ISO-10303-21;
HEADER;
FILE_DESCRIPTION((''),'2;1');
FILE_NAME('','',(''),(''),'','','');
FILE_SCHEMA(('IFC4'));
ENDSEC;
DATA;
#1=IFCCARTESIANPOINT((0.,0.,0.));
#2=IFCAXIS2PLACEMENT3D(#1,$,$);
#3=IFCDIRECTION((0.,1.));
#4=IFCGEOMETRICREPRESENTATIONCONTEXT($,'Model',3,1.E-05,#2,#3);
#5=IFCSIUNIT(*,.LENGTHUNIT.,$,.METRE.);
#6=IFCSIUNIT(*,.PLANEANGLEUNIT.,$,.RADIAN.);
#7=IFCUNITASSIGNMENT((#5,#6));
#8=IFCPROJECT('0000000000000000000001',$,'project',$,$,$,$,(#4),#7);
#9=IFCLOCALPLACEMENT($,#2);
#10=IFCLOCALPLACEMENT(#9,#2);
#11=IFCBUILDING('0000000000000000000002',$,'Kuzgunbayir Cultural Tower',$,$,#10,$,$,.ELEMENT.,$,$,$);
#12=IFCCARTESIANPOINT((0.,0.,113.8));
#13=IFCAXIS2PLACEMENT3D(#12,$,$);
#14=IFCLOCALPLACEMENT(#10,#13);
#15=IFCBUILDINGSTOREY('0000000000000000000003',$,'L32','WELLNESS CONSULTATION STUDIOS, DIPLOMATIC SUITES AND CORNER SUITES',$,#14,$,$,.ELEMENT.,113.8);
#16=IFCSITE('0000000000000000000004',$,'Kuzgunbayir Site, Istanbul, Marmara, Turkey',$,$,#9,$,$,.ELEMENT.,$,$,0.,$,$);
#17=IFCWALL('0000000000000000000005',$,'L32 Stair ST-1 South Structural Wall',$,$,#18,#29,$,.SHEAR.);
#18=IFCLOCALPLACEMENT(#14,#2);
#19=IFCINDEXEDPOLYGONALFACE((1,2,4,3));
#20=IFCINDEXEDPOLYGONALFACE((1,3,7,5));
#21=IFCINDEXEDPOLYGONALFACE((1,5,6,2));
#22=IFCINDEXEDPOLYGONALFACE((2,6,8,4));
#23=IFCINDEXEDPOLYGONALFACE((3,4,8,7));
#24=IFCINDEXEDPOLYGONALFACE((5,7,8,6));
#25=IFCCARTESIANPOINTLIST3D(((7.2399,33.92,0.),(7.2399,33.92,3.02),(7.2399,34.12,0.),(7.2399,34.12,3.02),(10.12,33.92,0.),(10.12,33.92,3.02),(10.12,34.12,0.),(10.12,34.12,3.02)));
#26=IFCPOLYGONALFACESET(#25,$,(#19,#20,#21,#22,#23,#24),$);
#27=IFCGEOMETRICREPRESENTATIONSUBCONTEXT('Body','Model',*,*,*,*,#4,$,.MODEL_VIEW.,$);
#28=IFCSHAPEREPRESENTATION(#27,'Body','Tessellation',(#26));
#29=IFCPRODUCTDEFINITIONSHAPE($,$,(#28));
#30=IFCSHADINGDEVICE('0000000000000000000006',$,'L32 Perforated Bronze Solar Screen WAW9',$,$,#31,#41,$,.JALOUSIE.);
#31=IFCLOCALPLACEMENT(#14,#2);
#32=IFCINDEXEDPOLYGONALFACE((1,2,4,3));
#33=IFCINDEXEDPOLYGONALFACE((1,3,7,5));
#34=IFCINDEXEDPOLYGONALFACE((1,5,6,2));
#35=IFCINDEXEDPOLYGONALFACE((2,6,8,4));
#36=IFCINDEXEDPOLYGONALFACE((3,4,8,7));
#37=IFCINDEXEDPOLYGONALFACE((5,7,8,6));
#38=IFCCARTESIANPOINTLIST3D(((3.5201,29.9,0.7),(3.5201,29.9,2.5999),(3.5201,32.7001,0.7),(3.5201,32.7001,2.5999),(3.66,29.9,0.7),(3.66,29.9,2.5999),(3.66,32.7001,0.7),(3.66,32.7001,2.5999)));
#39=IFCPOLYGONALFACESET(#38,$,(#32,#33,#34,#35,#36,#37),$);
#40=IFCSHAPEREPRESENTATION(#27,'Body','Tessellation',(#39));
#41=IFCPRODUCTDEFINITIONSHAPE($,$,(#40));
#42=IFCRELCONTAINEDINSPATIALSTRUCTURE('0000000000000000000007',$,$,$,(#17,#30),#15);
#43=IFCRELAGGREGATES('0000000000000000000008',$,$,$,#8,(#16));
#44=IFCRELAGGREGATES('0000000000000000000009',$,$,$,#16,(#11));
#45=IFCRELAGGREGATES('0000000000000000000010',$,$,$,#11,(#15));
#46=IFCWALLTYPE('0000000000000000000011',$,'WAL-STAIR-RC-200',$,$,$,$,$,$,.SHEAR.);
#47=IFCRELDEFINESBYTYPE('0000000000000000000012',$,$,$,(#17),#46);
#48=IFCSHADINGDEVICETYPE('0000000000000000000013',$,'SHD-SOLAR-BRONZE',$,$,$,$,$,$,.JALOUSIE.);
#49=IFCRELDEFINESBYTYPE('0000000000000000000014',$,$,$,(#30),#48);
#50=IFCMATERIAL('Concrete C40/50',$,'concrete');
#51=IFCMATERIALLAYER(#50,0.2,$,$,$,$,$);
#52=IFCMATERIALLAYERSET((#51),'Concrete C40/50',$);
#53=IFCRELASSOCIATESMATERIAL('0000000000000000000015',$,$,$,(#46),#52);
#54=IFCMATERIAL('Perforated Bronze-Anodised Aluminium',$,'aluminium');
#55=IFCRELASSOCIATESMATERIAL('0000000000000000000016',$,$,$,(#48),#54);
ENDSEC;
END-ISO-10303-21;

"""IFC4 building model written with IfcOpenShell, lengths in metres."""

from ifc_helpers import new_model, si_unit, direction, frame, frame_2d, origin, origin_2d, place, context, subcontext, project, spatial, rectangle, extrude, material, layer, layer_set, type_object, element, save


model = new_model("IFC4")

# Units and contexts
model_context = context("Model", 3, precision=1e-05, world=origin(), true_north=direction((0.0, 1.0)))
body_context = subcontext(model_context, "Body", "Model", "MODEL_VIEW")
ifc_project = project(units=[si_unit("LENGTHUNIT", "METRE"), si_unit("PLANEANGLEUNIT", "RADIAN")], contexts=[model_context])

# Site, building, storey
site_placement = place(None, origin())
site = spatial("IfcSite", under=ifc_project, at=site_placement, Name="Kuzgunbayir Site, Istanbul, Marmara, Turkey", CompositionType="ELEMENT", RefElevation=0.0)
building_placement = place(site_placement, origin())
building = spatial("IfcBuilding", under=site, at=building_placement, Name="Kuzgunbayir Cultural Tower", CompositionType="ELEMENT")
storey_placement = place(building_placement, frame((0.0, 0.0, 113.8)))
storey = spatial("IfcBuildingStorey", under=building, at=storey_placement, Name="L32", Description="WELLNESS CONSULTATION STUDIOS, DIPLOMATIC SUITES AND CORNER SUITES", CompositionType="ELEMENT", Elevation=113.8)

# Shared definitions
ifc_material_1 = material(Name="Concrete C40/50", Category="concrete")
ifc_layer_1 = layer(ifc_material_1, 0.2)
ifc_layer_set_1 = layer_set([ifc_layer_1], Name="Concrete C40/50")
wall_type_1 = type_object("IfcWallType", Name="WAL-STAIR-RC-200", PredefinedType="SHEAR", material=ifc_layer_set_1)

# Wall
wall_1_placement = place(storey_placement, frame((7.24, 34.02, 0.0), z_axis=(0.0, 0.0, 1.0), x_axis=(1.0, 0.0, 0.0)))
element("IfcWall", 1, at=wall_1_placement, inside=storey, type_object=wall_type_1, Name="L32 Stair ST-1 South Structural Wall", PredefinedType="SHEAR", context=body_context, shape_type="SweptSolid", body=[
    extrude(rectangle(XDim=2.8801, YDim=0.2, at=frame_2d((1.4399, 0.0))), origin(), (0.0, 0.0, 1.0), 3.02),
])

# Shading device
ifc_material_2 = material(Name="Perforated Bronze-Anodised Aluminium", Category="aluminium")
shading_device_type = type_object("IfcShadingDeviceType", Name="SHD-SOLAR-BRONZE", PredefinedType="JALOUSIE", material=ifc_material_2)
shading_device_placement = place(storey_placement, frame((3.5901, 31.3, 0.7), z_axis=(0.0, 0.0, 1.0), x_axis=(1.0, 0.0, 0.0)))
element("IfcShadingDevice", 2, at=shading_device_placement, inside=storey, type_object=shading_device_type, Name="L32 Perforated Bronze Solar Screen WAW9", PredefinedType="JALOUSIE", context=body_context, shape_type="SweptSolid", body=[
    extrude(rectangle(XDim=0.1399, YDim=2.8, at=origin_2d()), origin(), (0.0, 0.0, 1.0), 1.8999),
])

save(model, "model.ifc")
